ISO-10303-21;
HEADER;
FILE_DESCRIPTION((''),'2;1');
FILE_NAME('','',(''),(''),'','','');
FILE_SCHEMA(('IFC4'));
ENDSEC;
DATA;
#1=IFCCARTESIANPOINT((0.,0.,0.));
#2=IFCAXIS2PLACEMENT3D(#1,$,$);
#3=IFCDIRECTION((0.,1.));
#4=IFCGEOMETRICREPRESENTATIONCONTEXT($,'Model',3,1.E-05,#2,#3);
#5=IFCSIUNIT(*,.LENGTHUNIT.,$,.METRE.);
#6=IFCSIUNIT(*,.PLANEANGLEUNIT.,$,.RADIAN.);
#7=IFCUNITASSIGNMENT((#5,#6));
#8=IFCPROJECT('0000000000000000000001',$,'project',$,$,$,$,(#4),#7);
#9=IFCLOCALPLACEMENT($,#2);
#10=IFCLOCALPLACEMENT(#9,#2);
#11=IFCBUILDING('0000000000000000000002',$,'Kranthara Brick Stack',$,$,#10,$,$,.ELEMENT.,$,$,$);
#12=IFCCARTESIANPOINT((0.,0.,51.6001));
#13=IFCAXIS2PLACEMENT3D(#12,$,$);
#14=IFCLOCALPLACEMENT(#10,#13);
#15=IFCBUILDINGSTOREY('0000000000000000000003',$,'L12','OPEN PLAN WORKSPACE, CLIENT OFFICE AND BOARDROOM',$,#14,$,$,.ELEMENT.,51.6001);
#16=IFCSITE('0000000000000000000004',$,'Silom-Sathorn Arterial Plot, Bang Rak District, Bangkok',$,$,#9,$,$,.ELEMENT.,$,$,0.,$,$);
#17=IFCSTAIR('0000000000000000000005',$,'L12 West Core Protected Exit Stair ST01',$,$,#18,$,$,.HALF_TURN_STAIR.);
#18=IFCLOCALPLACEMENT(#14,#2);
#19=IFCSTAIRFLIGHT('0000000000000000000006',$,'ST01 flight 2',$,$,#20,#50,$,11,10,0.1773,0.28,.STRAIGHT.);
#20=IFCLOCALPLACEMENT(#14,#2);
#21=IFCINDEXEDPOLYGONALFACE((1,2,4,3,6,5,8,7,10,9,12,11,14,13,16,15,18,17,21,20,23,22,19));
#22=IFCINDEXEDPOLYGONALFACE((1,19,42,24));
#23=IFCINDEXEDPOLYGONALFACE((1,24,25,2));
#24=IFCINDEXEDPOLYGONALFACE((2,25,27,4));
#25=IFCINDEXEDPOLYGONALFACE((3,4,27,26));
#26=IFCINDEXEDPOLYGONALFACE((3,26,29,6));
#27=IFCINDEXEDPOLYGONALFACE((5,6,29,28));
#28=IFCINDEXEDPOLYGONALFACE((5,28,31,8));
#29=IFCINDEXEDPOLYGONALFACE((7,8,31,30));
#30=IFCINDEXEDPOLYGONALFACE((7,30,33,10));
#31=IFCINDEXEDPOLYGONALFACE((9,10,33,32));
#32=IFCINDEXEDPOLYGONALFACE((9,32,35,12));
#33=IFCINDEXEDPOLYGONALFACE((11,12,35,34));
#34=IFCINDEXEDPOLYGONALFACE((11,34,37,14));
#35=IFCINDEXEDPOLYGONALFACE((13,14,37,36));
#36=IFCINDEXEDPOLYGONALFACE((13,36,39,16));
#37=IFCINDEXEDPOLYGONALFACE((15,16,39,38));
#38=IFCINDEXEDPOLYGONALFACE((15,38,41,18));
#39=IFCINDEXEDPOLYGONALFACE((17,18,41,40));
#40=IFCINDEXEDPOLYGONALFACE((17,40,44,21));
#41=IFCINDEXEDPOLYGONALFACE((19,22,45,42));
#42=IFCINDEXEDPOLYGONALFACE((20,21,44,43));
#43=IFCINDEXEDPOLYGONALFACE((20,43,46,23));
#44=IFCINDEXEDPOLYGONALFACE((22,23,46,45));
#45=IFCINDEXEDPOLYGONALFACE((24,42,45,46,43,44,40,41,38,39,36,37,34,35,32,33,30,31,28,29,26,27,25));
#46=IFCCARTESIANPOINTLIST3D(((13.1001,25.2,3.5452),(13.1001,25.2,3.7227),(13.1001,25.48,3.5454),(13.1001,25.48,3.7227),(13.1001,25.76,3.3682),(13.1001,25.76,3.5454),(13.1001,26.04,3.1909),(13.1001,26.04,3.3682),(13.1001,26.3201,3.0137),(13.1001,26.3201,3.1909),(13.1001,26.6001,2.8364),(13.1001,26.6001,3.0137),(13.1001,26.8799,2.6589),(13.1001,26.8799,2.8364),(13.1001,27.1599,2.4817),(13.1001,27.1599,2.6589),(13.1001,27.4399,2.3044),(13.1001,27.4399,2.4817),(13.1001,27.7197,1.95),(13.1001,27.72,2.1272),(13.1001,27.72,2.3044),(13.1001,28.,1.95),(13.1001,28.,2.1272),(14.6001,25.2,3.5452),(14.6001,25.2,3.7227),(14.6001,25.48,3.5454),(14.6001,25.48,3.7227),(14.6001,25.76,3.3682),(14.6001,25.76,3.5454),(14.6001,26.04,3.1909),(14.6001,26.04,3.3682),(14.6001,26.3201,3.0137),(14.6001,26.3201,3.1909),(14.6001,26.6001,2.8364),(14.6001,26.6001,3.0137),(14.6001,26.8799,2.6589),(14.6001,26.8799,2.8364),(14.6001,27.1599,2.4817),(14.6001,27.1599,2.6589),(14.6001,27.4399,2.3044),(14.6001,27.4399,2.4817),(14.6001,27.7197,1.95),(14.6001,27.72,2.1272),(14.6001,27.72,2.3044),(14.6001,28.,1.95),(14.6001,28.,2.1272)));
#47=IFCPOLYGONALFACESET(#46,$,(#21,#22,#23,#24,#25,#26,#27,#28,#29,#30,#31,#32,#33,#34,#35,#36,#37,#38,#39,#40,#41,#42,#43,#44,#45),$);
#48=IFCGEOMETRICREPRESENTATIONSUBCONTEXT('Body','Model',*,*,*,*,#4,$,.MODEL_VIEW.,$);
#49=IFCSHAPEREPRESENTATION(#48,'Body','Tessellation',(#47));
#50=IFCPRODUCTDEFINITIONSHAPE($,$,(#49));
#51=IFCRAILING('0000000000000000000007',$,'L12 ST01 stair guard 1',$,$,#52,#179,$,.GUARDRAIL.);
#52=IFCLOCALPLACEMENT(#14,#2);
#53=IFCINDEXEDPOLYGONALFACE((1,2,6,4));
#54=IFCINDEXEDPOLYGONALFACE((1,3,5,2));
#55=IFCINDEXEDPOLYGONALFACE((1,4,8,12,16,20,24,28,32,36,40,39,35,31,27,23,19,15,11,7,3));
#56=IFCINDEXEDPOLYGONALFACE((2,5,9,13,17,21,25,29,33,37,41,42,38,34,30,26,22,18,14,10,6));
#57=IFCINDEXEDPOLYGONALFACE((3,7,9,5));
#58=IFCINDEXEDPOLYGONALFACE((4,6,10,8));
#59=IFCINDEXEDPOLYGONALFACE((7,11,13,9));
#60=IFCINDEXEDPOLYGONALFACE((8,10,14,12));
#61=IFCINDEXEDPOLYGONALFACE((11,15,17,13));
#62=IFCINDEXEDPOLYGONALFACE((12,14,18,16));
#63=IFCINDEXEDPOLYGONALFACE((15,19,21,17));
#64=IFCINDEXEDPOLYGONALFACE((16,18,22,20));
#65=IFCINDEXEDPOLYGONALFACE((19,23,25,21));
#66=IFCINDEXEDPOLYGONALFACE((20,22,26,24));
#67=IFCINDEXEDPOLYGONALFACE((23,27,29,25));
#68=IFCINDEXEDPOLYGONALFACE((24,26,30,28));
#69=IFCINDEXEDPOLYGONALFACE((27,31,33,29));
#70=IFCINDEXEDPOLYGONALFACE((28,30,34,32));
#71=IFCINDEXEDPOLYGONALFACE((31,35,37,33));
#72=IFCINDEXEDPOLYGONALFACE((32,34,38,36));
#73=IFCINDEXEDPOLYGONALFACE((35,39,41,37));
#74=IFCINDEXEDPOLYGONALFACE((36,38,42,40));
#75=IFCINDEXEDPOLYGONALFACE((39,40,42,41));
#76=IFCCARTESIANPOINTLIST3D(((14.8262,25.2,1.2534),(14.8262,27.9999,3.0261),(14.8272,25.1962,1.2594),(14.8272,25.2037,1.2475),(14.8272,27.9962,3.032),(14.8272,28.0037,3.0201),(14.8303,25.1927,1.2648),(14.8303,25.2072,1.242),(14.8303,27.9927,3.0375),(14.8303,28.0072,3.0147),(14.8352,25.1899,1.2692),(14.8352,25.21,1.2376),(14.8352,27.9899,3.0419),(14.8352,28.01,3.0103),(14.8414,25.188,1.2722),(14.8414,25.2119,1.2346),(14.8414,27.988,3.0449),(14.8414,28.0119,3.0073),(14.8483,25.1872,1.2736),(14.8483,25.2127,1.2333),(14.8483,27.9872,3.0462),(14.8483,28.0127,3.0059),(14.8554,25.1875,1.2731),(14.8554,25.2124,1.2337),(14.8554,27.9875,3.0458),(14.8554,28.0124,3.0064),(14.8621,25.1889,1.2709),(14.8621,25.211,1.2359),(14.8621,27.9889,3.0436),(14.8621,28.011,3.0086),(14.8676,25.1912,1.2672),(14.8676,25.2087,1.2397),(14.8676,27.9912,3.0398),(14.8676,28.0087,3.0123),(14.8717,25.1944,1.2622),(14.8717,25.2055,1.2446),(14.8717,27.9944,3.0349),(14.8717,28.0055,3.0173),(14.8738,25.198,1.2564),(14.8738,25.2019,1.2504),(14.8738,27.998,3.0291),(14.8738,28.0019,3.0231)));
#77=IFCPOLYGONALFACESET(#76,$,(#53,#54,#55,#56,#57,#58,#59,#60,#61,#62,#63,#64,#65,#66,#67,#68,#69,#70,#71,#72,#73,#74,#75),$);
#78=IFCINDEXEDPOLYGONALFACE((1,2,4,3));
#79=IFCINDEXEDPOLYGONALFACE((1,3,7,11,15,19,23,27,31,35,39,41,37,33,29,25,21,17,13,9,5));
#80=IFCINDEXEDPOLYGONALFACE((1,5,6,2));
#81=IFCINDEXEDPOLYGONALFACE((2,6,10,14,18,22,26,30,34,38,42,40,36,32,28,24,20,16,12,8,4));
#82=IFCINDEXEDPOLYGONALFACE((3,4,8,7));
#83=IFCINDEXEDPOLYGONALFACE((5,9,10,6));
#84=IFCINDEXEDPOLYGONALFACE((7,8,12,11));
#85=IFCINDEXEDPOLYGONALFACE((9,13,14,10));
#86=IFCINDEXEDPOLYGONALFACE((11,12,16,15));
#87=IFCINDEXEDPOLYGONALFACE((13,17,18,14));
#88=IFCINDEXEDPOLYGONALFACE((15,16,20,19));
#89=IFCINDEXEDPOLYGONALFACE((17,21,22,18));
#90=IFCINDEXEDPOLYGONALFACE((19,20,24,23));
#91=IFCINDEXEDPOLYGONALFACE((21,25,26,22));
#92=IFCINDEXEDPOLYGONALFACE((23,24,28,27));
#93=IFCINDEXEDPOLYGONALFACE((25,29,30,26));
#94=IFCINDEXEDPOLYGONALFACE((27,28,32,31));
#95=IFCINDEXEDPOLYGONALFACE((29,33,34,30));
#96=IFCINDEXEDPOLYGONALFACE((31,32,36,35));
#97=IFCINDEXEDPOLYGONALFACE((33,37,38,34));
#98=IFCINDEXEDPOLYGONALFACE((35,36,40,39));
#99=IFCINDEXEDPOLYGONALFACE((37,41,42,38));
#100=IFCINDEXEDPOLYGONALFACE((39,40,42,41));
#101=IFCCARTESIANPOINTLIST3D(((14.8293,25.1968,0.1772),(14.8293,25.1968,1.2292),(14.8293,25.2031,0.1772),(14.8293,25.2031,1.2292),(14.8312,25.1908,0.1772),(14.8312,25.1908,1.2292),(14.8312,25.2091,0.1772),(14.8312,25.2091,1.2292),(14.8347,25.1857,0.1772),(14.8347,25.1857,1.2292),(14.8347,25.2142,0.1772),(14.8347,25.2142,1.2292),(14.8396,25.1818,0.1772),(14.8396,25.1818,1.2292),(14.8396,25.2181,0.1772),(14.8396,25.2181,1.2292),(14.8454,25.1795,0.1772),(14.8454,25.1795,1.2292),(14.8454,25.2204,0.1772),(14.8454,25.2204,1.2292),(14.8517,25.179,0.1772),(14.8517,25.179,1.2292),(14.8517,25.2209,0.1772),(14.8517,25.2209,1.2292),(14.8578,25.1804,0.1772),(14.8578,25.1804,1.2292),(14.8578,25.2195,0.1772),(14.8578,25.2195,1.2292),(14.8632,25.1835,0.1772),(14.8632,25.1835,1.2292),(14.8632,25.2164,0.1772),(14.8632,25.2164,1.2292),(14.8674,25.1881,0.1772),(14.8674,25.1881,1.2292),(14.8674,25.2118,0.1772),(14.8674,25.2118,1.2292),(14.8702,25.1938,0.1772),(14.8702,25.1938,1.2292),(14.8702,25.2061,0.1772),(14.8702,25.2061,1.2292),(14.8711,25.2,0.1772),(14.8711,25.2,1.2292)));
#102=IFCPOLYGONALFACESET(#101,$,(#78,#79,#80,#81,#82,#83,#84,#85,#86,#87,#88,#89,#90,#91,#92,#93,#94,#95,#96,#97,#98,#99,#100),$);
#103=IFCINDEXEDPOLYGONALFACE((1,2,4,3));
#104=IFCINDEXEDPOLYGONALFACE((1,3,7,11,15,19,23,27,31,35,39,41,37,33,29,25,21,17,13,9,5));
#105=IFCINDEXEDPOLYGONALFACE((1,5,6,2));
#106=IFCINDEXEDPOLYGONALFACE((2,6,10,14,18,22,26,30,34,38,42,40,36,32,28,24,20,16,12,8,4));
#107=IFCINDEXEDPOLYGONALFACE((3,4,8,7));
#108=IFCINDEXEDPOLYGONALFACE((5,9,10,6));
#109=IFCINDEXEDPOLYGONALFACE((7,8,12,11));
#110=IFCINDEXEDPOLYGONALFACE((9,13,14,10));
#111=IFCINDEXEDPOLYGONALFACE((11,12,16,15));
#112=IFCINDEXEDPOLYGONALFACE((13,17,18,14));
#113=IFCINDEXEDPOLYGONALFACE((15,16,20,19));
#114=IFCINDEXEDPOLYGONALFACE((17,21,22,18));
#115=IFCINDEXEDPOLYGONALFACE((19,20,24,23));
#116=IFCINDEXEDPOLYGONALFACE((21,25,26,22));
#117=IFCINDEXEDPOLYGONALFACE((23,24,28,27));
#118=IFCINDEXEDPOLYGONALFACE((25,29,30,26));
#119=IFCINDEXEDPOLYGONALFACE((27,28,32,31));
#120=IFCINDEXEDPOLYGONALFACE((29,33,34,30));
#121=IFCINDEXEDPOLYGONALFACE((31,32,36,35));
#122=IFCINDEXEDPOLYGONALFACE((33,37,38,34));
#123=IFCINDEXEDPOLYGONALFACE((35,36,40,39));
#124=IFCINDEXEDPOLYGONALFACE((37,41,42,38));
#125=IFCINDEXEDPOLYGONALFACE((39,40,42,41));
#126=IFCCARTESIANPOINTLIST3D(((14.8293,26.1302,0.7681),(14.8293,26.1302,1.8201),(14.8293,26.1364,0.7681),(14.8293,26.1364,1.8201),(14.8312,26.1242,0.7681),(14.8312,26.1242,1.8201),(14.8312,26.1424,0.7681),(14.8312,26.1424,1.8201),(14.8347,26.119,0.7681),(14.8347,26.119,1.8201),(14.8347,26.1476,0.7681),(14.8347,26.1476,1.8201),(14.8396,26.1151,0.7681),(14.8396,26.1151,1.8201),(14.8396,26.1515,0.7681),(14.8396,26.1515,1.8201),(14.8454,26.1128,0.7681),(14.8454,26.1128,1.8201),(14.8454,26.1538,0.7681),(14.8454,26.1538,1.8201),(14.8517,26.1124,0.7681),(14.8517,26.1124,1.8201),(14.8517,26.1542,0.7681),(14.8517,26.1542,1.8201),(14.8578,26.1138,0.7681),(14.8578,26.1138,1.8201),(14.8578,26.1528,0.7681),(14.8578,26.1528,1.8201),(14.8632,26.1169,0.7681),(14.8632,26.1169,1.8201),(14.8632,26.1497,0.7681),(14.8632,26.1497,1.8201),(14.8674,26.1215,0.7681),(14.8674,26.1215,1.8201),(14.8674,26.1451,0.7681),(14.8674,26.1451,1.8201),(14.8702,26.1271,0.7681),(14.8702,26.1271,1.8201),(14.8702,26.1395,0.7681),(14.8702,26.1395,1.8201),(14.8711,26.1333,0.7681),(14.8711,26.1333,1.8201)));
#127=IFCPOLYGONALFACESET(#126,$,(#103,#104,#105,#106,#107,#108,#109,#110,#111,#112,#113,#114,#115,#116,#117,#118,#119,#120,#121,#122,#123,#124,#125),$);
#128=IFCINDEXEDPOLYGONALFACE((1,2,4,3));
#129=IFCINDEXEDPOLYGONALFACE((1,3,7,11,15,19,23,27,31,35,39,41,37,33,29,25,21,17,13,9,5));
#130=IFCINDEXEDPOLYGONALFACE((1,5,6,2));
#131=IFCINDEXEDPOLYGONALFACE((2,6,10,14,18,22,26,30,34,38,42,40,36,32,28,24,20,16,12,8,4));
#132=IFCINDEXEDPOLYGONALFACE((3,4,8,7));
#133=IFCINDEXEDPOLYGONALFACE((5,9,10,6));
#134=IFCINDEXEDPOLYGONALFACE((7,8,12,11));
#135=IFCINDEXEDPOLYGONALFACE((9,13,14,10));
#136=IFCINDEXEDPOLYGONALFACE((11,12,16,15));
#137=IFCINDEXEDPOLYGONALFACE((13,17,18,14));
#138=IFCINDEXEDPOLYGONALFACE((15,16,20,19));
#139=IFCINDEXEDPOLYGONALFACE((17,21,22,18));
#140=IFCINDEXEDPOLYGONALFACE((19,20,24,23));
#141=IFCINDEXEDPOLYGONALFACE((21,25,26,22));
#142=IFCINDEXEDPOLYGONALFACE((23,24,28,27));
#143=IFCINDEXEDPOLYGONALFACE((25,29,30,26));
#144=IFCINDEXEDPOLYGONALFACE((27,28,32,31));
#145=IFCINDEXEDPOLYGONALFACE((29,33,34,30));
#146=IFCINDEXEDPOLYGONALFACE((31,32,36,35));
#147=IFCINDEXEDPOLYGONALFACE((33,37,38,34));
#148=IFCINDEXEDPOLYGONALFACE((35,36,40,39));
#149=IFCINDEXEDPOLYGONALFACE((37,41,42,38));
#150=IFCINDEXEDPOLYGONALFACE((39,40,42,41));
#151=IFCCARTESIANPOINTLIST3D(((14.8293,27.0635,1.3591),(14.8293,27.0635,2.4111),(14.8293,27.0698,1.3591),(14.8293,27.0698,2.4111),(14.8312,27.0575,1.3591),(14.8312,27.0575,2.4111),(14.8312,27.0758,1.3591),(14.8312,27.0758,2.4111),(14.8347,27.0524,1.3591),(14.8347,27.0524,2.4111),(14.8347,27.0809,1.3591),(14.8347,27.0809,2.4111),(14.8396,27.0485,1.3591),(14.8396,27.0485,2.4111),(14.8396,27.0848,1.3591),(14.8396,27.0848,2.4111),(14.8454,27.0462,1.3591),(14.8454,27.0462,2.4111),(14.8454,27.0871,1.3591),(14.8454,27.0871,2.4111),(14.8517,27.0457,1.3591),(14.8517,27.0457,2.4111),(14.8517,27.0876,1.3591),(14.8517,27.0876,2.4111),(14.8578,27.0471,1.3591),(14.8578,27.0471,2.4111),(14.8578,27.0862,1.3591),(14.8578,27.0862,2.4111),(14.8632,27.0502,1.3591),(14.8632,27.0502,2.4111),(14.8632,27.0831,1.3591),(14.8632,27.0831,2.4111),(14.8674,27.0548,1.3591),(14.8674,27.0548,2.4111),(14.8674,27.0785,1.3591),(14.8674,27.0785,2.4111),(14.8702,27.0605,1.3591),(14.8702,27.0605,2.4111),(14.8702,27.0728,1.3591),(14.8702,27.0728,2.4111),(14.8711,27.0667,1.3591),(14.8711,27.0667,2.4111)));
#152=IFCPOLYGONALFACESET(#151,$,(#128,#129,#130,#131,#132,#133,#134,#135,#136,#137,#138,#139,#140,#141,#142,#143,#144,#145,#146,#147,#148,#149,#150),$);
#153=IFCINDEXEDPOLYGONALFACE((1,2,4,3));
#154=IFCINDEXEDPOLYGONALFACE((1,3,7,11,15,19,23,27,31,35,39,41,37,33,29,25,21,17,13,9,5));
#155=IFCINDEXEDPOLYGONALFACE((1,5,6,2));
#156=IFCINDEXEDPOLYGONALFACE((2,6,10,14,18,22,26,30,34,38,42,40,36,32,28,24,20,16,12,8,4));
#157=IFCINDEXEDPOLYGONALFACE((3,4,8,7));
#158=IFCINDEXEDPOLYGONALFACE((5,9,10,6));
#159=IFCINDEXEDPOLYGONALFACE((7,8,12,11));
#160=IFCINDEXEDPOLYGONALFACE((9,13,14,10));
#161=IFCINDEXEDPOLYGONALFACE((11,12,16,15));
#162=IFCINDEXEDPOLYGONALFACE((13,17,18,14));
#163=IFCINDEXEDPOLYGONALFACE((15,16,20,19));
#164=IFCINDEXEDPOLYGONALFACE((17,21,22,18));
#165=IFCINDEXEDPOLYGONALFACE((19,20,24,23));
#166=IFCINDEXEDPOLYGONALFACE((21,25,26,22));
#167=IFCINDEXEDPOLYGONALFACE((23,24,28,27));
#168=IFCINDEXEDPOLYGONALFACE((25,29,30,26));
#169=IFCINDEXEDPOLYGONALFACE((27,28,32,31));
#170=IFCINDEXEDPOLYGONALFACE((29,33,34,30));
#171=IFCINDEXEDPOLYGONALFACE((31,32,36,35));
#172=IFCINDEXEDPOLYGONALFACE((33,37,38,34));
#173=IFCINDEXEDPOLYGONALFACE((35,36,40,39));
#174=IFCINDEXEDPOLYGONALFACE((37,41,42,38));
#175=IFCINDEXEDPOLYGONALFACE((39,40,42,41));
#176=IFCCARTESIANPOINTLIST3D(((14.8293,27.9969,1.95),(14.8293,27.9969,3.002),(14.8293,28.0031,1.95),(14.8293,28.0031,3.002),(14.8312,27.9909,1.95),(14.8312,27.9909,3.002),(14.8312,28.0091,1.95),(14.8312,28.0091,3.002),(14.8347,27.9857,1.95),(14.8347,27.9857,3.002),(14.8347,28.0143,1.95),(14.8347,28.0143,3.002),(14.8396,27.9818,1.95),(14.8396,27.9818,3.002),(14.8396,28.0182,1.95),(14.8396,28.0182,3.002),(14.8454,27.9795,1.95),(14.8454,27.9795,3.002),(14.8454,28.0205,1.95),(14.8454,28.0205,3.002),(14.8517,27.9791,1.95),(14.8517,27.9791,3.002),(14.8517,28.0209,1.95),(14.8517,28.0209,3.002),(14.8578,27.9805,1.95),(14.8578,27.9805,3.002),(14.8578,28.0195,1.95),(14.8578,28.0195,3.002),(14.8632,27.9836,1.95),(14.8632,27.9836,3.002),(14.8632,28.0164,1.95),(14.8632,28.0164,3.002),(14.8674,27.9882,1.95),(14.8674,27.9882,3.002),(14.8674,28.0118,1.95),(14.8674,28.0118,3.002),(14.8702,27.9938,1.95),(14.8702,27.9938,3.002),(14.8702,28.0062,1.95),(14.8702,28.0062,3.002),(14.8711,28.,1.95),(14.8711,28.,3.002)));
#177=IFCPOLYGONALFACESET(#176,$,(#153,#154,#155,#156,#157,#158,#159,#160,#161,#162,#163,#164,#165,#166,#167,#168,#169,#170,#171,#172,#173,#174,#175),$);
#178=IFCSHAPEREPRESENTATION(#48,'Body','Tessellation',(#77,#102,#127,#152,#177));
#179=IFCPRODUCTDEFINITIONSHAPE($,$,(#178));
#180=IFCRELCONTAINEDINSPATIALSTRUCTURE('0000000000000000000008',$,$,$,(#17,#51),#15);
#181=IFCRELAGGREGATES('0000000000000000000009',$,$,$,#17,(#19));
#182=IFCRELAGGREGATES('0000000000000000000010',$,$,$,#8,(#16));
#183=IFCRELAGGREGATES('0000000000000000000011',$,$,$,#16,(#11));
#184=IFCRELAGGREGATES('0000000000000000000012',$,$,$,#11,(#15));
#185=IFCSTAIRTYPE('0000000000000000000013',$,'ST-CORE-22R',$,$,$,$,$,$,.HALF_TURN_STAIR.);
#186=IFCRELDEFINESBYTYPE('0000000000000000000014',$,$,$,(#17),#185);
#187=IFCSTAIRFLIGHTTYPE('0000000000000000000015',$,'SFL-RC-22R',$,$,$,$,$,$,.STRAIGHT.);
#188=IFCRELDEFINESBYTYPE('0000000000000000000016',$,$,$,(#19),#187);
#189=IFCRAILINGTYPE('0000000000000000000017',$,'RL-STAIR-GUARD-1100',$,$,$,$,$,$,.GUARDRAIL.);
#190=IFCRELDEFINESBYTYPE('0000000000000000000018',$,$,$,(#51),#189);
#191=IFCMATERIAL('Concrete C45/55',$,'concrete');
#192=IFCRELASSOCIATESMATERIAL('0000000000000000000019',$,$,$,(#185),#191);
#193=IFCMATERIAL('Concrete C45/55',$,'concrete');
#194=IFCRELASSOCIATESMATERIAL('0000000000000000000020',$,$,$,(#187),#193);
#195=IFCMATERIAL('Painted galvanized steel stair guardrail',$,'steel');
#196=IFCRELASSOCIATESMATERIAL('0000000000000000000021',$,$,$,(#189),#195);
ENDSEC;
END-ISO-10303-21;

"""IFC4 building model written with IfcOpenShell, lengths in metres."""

from ifc_helpers import new_model, si_unit, direction, frame, origin, origin_2d, place, context, subcontext, project, spatial, polyline, circle, outline, extrude, material, type_object, element, aggregate, save


model = new_model("IFC4")

# Units and contexts
model_context = context("Model", 3, precision=1e-05, world=origin(), true_north=direction((0.0, 1.0)))
body_context = subcontext(model_context, "Body", "Model", "MODEL_VIEW")
ifc_project = project(units=[si_unit("LENGTHUNIT", "METRE"), si_unit("PLANEANGLEUNIT", "RADIAN")], contexts=[model_context])

# Site, building, storey
site_placement = place(None, origin())
site = spatial("IfcSite", under=ifc_project, at=site_placement, Name="Silom-Sathorn Arterial Plot, Bang Rak District, Bangkok", CompositionType="ELEMENT", RefElevation=0.0)
building_placement = place(site_placement, origin())
building = spatial("IfcBuilding", under=site, at=building_placement, Name="Kranthara Brick Stack", CompositionType="ELEMENT")
storey_placement = place(building_placement, frame((0.0, 0.0, 51.6001)))
storey = spatial("IfcBuildingStorey", under=building, at=storey_placement, Name="L12", Description="OPEN PLAN WORKSPACE, CLIENT OFFICE AND BOARDROOM", CompositionType="ELEMENT", Elevation=51.6001)

# Stair, stair flight
ifc_material_1 = material(Name="Concrete C45/55", Category="concrete")
stair_type = type_object("IfcStairType", Name="ST-CORE-22R", PredefinedType="HALF_TURN_STAIR", material=ifc_material_1)
stair_placement = place(storey_placement, origin())
stair = element("IfcStair", 1, at=stair_placement, inside=storey, type_object=stair_type, Name="L12 West Core Protected Exit Stair ST01", PredefinedType="HALF_TURN_STAIR")
ifc_material_2 = material(Name="Concrete C45/55", Category="concrete")
stair_flight_type = type_object("IfcStairFlightType", Name="SFL-RC-22R", PredefinedType="STRAIGHT", material=ifc_material_2)
stair_flight_1_placement = place(storey_placement, frame((13.8501, 28.0, 1.95), z_axis=(0.0, 0.0, 1.0), x_axis=(0.0, -1.0, 0.0)))
stair_flight_1 = element("IfcStairFlight", 2, at=stair_flight_1_placement, type_object=stair_flight_type, Name="ST01 flight 2", NumberOfRisers=11, NumberOfTreads=10, PredefinedType="STRAIGHT", RiserHeight=0.1773, TreadLength=0.28, context=body_context, shape_type="SweptSolid", body=[
    extrude(outline(polyline([(0.0, 0.0), (0.0, 0.1772), (0.28, 0.1772), (0.28, 0.3545), (0.5601, 0.3545), (0.5601, 0.5317), (0.8401, 0.5317), (0.8401, 0.709), (1.1201, 0.709), (1.1201, 0.8865), (1.3999, 0.8865), (1.3999, 1.0637), (1.6799, 1.0637), (1.6799, 1.241), (1.96, 1.241), (1.96, 1.4182), (2.24, 1.4182), (2.24, 1.5955), (2.52, 1.5955), (2.52, 1.7727), (2.8, 1.7727), (2.8, 1.95), (2.8, 1.5952), (0.2803, 0.0), (0.0, 0.0)])), frame((0.0, 0.75, 0.0), z_axis=(0.0, -1.0, 0.0), x_axis=(1.0, 0.0, 0.0)), (0.0, 0.0, 1.0), 1.5),
])
aggregate(stair, [stair_flight_1])

# Railing
ifc_material_3 = material(Name="Painted galvanized steel stair guardrail", Category="steel")
railing_type_1 = type_object("IfcRailingType", Name="RL-STAIR-GUARD-1100", PredefinedType="GUARDRAIL", material=ifc_material_3)
railing_1_placement = place(storey_placement, frame((14.8501, 25.2, 0.1772)))
element("IfcRailing", 3, at=railing_1_placement, inside=storey, type_object=railing_type_1, Name="L12 ST01 stair guard 1", PredefinedType="GUARDRAIL", context=body_context, shape_type="SweptSolid", body=[
    extrude(circle(Radius=0.0239, at=origin_2d()), frame((0.0, 0.0, 1.0762), z_axis=(0.0, 0.844909, 0.53491), x_axis=(-1.0, 0.0, 0.0)), (0.0, 0.0, 1.0), 3.314),
    extrude(circle(Radius=0.021, at=origin_2d()), origin(), (0.0, 0.0, 1.0), 1.052),
    extrude(circle(Radius=0.021, at=origin_2d()), frame((0.0, 0.9333, 0.5908)), (0.0, 0.0, 1.0), 1.052),
    extrude(circle(Radius=0.021, at=origin_2d()), frame((0.0, 1.8667, 1.1819)), (0.0, 0.0, 1.0), 1.052),
    extrude(circle(Radius=0.021, at=origin_2d()), frame((0.0, 2.8, 1.7727)), (0.0, 0.0, 1.0), 1.052),
])

save(model, "model.ifc")
